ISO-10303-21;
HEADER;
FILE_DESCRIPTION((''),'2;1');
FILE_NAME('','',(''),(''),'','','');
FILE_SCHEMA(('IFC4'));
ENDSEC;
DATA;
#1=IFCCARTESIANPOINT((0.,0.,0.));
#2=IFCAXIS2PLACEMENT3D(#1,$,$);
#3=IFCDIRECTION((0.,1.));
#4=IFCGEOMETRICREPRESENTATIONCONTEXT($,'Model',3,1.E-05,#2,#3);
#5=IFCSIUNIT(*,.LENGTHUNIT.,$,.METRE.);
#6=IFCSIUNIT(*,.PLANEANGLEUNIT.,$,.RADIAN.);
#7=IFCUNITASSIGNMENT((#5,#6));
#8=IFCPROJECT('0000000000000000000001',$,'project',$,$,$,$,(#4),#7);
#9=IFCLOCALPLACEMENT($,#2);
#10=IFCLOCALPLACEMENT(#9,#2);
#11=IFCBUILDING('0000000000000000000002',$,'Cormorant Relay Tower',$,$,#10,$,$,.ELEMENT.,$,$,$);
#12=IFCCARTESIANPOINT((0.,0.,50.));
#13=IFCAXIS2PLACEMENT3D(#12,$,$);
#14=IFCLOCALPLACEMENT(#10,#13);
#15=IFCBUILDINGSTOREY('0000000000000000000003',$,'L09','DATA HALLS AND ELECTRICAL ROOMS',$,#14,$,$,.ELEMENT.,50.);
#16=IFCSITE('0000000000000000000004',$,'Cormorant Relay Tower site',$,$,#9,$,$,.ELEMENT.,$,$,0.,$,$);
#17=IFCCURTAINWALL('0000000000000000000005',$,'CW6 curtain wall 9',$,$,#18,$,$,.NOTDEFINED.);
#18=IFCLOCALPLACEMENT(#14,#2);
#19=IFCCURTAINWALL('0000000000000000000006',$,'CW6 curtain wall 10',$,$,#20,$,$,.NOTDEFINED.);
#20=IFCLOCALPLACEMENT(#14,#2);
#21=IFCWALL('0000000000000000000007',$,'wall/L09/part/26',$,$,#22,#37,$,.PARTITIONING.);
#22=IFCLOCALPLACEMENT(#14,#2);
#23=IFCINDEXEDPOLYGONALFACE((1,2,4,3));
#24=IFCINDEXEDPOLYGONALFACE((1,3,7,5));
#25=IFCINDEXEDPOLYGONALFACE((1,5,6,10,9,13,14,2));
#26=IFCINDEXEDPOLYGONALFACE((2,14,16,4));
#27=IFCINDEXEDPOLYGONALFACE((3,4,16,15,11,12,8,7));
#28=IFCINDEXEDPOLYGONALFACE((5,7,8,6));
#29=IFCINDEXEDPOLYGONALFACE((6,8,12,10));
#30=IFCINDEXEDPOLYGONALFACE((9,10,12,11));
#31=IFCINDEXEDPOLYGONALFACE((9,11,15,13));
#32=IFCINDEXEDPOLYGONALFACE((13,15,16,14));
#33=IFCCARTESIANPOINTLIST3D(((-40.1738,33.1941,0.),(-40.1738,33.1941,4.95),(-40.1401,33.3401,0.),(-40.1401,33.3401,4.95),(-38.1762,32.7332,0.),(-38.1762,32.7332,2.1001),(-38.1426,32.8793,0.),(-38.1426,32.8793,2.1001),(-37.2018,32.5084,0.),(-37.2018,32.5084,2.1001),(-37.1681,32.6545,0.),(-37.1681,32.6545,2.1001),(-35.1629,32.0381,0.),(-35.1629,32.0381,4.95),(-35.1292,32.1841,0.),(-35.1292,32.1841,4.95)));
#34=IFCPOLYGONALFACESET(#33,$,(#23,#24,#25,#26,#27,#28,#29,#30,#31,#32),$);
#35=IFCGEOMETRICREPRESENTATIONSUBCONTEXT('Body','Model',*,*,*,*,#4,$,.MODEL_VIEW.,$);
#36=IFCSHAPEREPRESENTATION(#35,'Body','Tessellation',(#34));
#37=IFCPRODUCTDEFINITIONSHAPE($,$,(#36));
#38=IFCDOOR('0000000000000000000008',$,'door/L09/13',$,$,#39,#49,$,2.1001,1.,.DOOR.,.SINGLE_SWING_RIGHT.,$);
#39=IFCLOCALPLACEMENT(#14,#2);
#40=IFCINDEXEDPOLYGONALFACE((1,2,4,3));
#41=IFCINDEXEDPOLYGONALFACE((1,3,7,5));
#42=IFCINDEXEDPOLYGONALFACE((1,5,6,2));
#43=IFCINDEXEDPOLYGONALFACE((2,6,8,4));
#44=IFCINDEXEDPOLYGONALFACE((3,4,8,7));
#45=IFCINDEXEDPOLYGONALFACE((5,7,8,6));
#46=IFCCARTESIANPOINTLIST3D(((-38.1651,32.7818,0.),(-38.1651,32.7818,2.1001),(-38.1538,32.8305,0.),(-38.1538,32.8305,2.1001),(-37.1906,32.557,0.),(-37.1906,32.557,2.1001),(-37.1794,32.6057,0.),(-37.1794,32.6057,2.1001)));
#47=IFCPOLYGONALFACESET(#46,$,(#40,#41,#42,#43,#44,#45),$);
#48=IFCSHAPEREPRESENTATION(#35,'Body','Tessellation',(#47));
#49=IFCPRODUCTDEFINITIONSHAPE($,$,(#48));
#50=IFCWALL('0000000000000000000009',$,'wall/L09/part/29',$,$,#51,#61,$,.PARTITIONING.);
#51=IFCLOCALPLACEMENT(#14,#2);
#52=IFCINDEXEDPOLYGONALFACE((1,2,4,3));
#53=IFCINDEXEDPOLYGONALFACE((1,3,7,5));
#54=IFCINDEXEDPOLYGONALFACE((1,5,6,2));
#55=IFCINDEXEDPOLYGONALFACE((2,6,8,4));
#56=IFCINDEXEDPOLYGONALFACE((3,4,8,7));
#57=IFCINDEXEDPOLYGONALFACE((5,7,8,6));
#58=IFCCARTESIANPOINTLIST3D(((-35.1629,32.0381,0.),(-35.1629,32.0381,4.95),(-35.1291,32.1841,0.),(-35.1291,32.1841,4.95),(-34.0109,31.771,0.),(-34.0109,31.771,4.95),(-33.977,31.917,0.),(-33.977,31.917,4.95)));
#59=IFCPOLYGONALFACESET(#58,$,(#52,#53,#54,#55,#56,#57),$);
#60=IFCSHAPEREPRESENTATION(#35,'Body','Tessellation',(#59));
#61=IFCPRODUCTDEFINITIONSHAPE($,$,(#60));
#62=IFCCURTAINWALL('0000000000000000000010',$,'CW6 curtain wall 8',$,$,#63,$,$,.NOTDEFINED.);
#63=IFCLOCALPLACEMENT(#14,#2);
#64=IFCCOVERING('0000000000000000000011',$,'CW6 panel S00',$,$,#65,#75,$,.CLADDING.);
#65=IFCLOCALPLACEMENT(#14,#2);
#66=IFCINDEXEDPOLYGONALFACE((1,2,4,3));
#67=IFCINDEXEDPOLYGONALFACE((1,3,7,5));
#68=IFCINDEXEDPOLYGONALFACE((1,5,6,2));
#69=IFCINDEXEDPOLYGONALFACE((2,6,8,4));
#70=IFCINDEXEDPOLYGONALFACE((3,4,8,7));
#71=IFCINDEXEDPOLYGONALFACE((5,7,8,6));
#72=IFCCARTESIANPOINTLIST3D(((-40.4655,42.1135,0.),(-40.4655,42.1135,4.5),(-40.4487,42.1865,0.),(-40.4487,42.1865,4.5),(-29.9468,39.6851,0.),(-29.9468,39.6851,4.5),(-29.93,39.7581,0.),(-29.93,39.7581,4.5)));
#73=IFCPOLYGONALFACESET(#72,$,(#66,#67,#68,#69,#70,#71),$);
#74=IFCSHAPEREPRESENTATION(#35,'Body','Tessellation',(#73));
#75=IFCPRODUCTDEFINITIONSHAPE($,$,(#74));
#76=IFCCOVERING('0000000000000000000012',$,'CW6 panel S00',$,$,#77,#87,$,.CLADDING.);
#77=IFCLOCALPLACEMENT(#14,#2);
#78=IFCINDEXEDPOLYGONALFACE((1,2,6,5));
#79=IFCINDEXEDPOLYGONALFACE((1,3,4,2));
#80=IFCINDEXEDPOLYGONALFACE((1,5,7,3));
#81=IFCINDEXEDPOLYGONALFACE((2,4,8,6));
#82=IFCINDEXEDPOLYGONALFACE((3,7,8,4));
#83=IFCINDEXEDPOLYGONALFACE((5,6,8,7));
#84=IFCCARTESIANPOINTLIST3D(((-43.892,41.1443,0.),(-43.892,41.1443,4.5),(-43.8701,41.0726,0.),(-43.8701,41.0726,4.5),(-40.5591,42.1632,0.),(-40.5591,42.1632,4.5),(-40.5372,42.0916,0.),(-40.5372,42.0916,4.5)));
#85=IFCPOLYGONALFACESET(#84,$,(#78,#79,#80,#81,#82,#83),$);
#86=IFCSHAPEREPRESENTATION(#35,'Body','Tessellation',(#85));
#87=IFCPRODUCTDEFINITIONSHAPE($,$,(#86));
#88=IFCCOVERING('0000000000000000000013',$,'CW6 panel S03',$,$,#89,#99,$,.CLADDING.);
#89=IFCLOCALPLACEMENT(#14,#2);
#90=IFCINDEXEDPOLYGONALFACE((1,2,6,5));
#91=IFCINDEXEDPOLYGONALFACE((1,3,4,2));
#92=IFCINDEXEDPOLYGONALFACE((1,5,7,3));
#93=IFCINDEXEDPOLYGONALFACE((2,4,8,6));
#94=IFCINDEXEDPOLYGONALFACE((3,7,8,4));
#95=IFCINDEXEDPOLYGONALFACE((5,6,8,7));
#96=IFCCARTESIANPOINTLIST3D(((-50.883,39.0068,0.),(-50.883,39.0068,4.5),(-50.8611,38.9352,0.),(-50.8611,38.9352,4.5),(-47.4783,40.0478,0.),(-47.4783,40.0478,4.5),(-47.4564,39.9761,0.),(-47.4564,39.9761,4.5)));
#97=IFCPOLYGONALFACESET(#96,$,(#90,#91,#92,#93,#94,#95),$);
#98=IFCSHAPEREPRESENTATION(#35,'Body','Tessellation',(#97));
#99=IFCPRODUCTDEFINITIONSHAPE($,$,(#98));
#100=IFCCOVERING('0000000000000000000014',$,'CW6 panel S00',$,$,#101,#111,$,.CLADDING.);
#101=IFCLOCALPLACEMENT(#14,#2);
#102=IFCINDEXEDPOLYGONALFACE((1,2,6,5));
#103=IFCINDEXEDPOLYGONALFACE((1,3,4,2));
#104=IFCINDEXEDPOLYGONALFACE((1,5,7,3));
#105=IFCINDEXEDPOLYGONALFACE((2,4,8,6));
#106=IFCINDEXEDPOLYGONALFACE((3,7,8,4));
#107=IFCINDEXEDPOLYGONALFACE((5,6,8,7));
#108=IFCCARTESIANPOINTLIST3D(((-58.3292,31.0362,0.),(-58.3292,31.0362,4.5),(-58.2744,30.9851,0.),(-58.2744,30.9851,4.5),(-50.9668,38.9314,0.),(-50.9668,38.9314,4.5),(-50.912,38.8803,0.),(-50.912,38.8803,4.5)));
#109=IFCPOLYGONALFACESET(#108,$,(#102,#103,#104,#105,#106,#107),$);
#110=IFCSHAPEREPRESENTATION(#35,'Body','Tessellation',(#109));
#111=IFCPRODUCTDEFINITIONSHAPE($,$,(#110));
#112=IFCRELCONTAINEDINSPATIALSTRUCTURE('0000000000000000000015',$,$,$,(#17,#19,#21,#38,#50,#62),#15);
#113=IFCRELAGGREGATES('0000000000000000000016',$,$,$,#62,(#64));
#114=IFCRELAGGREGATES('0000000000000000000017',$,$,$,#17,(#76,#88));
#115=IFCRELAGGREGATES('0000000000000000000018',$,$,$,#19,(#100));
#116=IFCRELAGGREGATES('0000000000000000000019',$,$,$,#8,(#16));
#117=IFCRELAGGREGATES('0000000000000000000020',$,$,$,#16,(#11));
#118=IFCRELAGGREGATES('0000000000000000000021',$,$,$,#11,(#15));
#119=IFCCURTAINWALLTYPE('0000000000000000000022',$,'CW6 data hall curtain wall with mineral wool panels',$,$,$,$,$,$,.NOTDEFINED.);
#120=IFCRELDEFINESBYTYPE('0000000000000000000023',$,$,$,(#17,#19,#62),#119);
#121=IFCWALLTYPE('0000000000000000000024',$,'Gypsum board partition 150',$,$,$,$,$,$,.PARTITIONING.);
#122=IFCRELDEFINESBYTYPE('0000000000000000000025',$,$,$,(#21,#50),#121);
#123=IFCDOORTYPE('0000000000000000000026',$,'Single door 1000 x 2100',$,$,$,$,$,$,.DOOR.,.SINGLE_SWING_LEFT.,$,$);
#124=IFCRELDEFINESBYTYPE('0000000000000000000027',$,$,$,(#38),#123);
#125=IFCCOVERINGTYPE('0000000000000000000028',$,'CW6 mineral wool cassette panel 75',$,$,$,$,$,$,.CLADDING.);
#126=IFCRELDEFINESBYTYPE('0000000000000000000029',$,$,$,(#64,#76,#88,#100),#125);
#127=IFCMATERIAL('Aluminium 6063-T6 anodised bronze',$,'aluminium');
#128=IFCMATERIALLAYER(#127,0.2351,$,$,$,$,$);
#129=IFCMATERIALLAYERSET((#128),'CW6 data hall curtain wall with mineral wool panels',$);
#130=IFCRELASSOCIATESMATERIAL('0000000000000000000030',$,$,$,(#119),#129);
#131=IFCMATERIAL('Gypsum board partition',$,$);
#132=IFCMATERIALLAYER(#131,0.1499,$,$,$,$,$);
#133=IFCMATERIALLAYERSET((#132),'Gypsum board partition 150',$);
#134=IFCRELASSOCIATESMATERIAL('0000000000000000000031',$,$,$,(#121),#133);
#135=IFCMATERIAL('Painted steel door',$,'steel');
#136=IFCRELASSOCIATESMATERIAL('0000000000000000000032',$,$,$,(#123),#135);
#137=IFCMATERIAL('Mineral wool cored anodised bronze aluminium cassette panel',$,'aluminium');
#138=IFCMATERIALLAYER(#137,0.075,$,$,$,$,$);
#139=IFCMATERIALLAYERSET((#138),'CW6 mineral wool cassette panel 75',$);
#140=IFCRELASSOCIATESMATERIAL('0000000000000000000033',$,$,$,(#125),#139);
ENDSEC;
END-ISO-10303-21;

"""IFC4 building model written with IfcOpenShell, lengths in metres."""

from ifc_helpers import new_model, si_unit, direction, frame, frame_2d, origin, origin_2d, place, context, subcontext, project, spatial, rectangle, extrude, material, layer, layer_set, type_object, element, fill, aggregate, save


model = new_model("IFC4")

# Units and contexts
model_context = context("Model", 3, precision=1e-05, world=origin(), true_north=direction((0.0, 1.0)))
body_context = subcontext(model_context, "Body", "Model", "MODEL_VIEW")
ifc_project = project(units=[si_unit("LENGTHUNIT", "METRE"), si_unit("PLANEANGLEUNIT", "RADIAN")], contexts=[model_context])

# Site, building, storey
site_placement = place(None, origin())
site = spatial("IfcSite", under=ifc_project, at=site_placement, Name="Cormorant Relay Tower site", CompositionType="ELEMENT", RefElevation=0.0)
building_placement = place(site_placement, origin())
building = spatial("IfcBuilding", under=site, at=building_placement, Name="Cormorant Relay Tower", CompositionType="ELEMENT")
storey_placement = place(building_placement, frame((0.0, 0.0, 50.0)))
storey = spatial("IfcBuildingStorey", under=building, at=storey_placement, Name="L09", Description="DATA HALLS AND ELECTRICAL ROOMS", CompositionType="ELEMENT", Elevation=50.0)

# Curtain walls
ifc_material_1 = material(Name="Aluminium 6063-T6 anodised bronze", Category="aluminium")
ifc_layer_1 = layer(ifc_material_1, 0.2351)
ifc_layer_set_1 = layer_set([ifc_layer_1], Name="CW6 data hall curtain wall with mineral wool panels")
curtain_wall_type = type_object("IfcCurtainWallType", Name="CW6 data hall curtain wall with mineral wool panels", PredefinedType="NOTDEFINED", material=ifc_layer_set_1)
curtain_wall_1_placement = place(storey_placement, origin())
curtain_wall_1 = element("IfcCurtainWall", 1, at=curtain_wall_1_placement, inside=storey, type_object=curtain_wall_type, Name="CW6 curtain wall 9", PredefinedType="NOTDEFINED")
curtain_wall_2_placement = place(storey_placement, origin())
curtain_wall_2 = element("IfcCurtainWall", 2, at=curtain_wall_2_placement, inside=storey, type_object=curtain_wall_type, Name="CW6 curtain wall 10", PredefinedType="NOTDEFINED")

# Shared definitions
ifc_material_2 = material(Name="Gypsum board partition")
ifc_layer_2 = layer(ifc_material_2, 0.1499)
ifc_layer_set_2 = layer_set([ifc_layer_2], Name="Gypsum board partition 150")
wall_type = type_object("IfcWallType", Name="Gypsum board partition 150", PredefinedType="PARTITIONING", material=ifc_layer_set_2)

# Shared definitions
ifc_material_3 = material(Name="Painted steel door", Category="steel")
door_type = type_object("IfcDoorType", Name="Single door 1000 x 2100", OperationType="SINGLE_SWING_LEFT", PredefinedType="DOOR", material=ifc_material_3)

# Wall, opening, door
wall_1_placement = place(storey_placement, frame((-40.157, 33.2671, 0.0), z_axis=(0.0, 0.0, 1.0), x_axis=(0.974407, -0.22479, 0.0)))
wall_1 = element("IfcWall", 3, at=wall_1_placement, inside=storey, type_object=wall_type, Name="wall/L09/part/26", PredefinedType="PARTITIONING", context=body_context, shape_type="SweptSolid", body=[
    extrude(rectangle(XDim=5.1426, YDim=0.1499, at=frame_2d((2.5713, 0.0))), origin(), (0.0, 0.0, 1.0), 4.95),
])
opening_1_placement = place(wall_1_placement, frame((2.05, 0.0, 0.0)))
opening_1 = element("IfcOpeningElement", 4, at=opening_1_placement, cuts=wall_1, PredefinedType="OPENING", context=body_context, shape_type="SweptSolid", body=[
    extrude(rectangle(XDim=1.0, YDim=2.1001, at=frame_2d((0.5, 1.05))), frame((0.0, 0.085, 0.0), z_axis=(0.0, -1.0, 0.0), x_axis=(1.0, 0.0, 0.0)), (0.0, 0.0, 1.0), 0.1699),
])
door_1_placement = place(opening_1_placement, origin())
door_1 = element("IfcDoor", 5, at=door_1_placement, inside=storey, type_object=door_type, Name="door/L09/13", OperationType="SINGLE_SWING_RIGHT", OverallHeight=2.1001, OverallWidth=1.0, PredefinedType="DOOR", context=body_context, shape_type="SweptSolid", body=[
    extrude(rectangle(XDim=1.0, YDim=2.1001, at=frame_2d((0.5, 1.05))), frame((0.0, 0.0249, 0.0), z_axis=(0.0, -1.0, 0.0), x_axis=(1.0, 0.0, 0.0)), (0.0, 0.0, 1.0), 0.05),
])
fill(opening_1, door_1)

# Wall
wall_2_placement = place(storey_placement, frame((-35.146, 32.1111, 0.0), z_axis=(0.0, 0.0, 1.0), x_axis=(0.974165, -0.225839, 0.0)))
element("IfcWall", 6, at=wall_2_placement, inside=storey, type_object=wall_type, Name="wall/L09/part/29", PredefinedType="PARTITIONING", context=body_context, shape_type="SweptSolid", body=[
    extrude(rectangle(XDim=1.1826, YDim=0.1499, at=frame_2d((0.5913, 0.0))), origin(), (0.0, 0.0, 1.0), 4.95),
])

# Curtain wall, covering
curtain_wall_3_placement = place(storey_placement, origin())
curtain_wall_3 = element("IfcCurtainWall", 7, at=curtain_wall_3_placement, inside=storey, type_object=curtain_wall_type, Name="CW6 curtain wall 8", PredefinedType="NOTDEFINED")
ifc_material_4 = material(Name="Mineral wool cored anodised bronze aluminium cassette panel", Category="aluminium")
ifc_layer_3 = layer(ifc_material_4, 0.075)
ifc_layer_set_3 = layer_set([ifc_layer_3], Name="CW6 mineral wool cassette panel 75")
covering_type = type_object("IfcCoveringType", Name="CW6 mineral wool cassette panel 75", PredefinedType="CLADDING", material=ifc_layer_set_3)
covering_1_placement = place(storey_placement, frame((-35.1978, 40.9358, 0.0), z_axis=(0.0, 0.0, 1.0), x_axis=(-0.97437, 0.224951, 0.0)))
covering_1 = element("IfcCovering", 8, at=covering_1_placement, type_object=covering_type, Name="CW6 panel S00", PredefinedType="CLADDING", context=body_context, shape_type="SweptSolid", body=[
    extrude(rectangle(XDim=10.7954, YDim=0.075, at=origin_2d()), origin(), (0.0, 0.0, 1.0), 4.5),
])
aggregate(curtain_wall_3, [covering_1])

# Coverings
covering_2_placement = place(storey_placement, frame((-42.2146, 41.6179, 0.0), z_axis=(0.0, 0.0, 1.0), x_axis=(-0.956305, -0.292372, 0.0)))
covering_2 = element("IfcCovering", 9, at=covering_2_placement, type_object=covering_type, Name="CW6 panel S00", PredefinedType="CLADDING", context=body_context, shape_type="SweptSolid", body=[
    extrude(rectangle(XDim=3.4851, YDim=0.075, at=origin_2d()), origin(), (0.0, 0.0, 1.0), 4.5),
])
covering_3_placement = place(storey_placement, frame((-49.1697, 39.4915, 0.0), z_axis=(0.0, 0.0, 1.0), x_axis=(-0.956305, -0.292372, 0.0)))
covering_3 = element("IfcCovering", 10, at=covering_3_placement, type_object=covering_type, Name="CW6 panel S03", PredefinedType="CLADDING", context=body_context, shape_type="SweptSolid", body=[
    extrude(rectangle(XDim=3.5603, YDim=0.075, at=origin_2d()), origin(), (0.0, 0.0, 1.0), 4.5),
])
aggregate(curtain_wall_1, [covering_2, covering_3])
covering_4_placement = place(storey_placement, frame((-54.6206, 34.9583, 0.0), z_axis=(0.0, 0.0, 1.0), x_axis=(-0.681998, -0.731354, 0.0)))
covering_4 = element("IfcCovering", 11, at=covering_4_placement, type_object=covering_type, Name="CW6 panel S00", PredefinedType="CLADDING", context=body_context, shape_type="SweptSolid", body=[
    extrude(rectangle(XDim=10.7954, YDim=0.075, at=origin_2d()), origin(), (0.0, 0.0, 1.0), 4.5),
])
aggregate(curtain_wall_2, [covering_4])

save(model, "model.ifc")
